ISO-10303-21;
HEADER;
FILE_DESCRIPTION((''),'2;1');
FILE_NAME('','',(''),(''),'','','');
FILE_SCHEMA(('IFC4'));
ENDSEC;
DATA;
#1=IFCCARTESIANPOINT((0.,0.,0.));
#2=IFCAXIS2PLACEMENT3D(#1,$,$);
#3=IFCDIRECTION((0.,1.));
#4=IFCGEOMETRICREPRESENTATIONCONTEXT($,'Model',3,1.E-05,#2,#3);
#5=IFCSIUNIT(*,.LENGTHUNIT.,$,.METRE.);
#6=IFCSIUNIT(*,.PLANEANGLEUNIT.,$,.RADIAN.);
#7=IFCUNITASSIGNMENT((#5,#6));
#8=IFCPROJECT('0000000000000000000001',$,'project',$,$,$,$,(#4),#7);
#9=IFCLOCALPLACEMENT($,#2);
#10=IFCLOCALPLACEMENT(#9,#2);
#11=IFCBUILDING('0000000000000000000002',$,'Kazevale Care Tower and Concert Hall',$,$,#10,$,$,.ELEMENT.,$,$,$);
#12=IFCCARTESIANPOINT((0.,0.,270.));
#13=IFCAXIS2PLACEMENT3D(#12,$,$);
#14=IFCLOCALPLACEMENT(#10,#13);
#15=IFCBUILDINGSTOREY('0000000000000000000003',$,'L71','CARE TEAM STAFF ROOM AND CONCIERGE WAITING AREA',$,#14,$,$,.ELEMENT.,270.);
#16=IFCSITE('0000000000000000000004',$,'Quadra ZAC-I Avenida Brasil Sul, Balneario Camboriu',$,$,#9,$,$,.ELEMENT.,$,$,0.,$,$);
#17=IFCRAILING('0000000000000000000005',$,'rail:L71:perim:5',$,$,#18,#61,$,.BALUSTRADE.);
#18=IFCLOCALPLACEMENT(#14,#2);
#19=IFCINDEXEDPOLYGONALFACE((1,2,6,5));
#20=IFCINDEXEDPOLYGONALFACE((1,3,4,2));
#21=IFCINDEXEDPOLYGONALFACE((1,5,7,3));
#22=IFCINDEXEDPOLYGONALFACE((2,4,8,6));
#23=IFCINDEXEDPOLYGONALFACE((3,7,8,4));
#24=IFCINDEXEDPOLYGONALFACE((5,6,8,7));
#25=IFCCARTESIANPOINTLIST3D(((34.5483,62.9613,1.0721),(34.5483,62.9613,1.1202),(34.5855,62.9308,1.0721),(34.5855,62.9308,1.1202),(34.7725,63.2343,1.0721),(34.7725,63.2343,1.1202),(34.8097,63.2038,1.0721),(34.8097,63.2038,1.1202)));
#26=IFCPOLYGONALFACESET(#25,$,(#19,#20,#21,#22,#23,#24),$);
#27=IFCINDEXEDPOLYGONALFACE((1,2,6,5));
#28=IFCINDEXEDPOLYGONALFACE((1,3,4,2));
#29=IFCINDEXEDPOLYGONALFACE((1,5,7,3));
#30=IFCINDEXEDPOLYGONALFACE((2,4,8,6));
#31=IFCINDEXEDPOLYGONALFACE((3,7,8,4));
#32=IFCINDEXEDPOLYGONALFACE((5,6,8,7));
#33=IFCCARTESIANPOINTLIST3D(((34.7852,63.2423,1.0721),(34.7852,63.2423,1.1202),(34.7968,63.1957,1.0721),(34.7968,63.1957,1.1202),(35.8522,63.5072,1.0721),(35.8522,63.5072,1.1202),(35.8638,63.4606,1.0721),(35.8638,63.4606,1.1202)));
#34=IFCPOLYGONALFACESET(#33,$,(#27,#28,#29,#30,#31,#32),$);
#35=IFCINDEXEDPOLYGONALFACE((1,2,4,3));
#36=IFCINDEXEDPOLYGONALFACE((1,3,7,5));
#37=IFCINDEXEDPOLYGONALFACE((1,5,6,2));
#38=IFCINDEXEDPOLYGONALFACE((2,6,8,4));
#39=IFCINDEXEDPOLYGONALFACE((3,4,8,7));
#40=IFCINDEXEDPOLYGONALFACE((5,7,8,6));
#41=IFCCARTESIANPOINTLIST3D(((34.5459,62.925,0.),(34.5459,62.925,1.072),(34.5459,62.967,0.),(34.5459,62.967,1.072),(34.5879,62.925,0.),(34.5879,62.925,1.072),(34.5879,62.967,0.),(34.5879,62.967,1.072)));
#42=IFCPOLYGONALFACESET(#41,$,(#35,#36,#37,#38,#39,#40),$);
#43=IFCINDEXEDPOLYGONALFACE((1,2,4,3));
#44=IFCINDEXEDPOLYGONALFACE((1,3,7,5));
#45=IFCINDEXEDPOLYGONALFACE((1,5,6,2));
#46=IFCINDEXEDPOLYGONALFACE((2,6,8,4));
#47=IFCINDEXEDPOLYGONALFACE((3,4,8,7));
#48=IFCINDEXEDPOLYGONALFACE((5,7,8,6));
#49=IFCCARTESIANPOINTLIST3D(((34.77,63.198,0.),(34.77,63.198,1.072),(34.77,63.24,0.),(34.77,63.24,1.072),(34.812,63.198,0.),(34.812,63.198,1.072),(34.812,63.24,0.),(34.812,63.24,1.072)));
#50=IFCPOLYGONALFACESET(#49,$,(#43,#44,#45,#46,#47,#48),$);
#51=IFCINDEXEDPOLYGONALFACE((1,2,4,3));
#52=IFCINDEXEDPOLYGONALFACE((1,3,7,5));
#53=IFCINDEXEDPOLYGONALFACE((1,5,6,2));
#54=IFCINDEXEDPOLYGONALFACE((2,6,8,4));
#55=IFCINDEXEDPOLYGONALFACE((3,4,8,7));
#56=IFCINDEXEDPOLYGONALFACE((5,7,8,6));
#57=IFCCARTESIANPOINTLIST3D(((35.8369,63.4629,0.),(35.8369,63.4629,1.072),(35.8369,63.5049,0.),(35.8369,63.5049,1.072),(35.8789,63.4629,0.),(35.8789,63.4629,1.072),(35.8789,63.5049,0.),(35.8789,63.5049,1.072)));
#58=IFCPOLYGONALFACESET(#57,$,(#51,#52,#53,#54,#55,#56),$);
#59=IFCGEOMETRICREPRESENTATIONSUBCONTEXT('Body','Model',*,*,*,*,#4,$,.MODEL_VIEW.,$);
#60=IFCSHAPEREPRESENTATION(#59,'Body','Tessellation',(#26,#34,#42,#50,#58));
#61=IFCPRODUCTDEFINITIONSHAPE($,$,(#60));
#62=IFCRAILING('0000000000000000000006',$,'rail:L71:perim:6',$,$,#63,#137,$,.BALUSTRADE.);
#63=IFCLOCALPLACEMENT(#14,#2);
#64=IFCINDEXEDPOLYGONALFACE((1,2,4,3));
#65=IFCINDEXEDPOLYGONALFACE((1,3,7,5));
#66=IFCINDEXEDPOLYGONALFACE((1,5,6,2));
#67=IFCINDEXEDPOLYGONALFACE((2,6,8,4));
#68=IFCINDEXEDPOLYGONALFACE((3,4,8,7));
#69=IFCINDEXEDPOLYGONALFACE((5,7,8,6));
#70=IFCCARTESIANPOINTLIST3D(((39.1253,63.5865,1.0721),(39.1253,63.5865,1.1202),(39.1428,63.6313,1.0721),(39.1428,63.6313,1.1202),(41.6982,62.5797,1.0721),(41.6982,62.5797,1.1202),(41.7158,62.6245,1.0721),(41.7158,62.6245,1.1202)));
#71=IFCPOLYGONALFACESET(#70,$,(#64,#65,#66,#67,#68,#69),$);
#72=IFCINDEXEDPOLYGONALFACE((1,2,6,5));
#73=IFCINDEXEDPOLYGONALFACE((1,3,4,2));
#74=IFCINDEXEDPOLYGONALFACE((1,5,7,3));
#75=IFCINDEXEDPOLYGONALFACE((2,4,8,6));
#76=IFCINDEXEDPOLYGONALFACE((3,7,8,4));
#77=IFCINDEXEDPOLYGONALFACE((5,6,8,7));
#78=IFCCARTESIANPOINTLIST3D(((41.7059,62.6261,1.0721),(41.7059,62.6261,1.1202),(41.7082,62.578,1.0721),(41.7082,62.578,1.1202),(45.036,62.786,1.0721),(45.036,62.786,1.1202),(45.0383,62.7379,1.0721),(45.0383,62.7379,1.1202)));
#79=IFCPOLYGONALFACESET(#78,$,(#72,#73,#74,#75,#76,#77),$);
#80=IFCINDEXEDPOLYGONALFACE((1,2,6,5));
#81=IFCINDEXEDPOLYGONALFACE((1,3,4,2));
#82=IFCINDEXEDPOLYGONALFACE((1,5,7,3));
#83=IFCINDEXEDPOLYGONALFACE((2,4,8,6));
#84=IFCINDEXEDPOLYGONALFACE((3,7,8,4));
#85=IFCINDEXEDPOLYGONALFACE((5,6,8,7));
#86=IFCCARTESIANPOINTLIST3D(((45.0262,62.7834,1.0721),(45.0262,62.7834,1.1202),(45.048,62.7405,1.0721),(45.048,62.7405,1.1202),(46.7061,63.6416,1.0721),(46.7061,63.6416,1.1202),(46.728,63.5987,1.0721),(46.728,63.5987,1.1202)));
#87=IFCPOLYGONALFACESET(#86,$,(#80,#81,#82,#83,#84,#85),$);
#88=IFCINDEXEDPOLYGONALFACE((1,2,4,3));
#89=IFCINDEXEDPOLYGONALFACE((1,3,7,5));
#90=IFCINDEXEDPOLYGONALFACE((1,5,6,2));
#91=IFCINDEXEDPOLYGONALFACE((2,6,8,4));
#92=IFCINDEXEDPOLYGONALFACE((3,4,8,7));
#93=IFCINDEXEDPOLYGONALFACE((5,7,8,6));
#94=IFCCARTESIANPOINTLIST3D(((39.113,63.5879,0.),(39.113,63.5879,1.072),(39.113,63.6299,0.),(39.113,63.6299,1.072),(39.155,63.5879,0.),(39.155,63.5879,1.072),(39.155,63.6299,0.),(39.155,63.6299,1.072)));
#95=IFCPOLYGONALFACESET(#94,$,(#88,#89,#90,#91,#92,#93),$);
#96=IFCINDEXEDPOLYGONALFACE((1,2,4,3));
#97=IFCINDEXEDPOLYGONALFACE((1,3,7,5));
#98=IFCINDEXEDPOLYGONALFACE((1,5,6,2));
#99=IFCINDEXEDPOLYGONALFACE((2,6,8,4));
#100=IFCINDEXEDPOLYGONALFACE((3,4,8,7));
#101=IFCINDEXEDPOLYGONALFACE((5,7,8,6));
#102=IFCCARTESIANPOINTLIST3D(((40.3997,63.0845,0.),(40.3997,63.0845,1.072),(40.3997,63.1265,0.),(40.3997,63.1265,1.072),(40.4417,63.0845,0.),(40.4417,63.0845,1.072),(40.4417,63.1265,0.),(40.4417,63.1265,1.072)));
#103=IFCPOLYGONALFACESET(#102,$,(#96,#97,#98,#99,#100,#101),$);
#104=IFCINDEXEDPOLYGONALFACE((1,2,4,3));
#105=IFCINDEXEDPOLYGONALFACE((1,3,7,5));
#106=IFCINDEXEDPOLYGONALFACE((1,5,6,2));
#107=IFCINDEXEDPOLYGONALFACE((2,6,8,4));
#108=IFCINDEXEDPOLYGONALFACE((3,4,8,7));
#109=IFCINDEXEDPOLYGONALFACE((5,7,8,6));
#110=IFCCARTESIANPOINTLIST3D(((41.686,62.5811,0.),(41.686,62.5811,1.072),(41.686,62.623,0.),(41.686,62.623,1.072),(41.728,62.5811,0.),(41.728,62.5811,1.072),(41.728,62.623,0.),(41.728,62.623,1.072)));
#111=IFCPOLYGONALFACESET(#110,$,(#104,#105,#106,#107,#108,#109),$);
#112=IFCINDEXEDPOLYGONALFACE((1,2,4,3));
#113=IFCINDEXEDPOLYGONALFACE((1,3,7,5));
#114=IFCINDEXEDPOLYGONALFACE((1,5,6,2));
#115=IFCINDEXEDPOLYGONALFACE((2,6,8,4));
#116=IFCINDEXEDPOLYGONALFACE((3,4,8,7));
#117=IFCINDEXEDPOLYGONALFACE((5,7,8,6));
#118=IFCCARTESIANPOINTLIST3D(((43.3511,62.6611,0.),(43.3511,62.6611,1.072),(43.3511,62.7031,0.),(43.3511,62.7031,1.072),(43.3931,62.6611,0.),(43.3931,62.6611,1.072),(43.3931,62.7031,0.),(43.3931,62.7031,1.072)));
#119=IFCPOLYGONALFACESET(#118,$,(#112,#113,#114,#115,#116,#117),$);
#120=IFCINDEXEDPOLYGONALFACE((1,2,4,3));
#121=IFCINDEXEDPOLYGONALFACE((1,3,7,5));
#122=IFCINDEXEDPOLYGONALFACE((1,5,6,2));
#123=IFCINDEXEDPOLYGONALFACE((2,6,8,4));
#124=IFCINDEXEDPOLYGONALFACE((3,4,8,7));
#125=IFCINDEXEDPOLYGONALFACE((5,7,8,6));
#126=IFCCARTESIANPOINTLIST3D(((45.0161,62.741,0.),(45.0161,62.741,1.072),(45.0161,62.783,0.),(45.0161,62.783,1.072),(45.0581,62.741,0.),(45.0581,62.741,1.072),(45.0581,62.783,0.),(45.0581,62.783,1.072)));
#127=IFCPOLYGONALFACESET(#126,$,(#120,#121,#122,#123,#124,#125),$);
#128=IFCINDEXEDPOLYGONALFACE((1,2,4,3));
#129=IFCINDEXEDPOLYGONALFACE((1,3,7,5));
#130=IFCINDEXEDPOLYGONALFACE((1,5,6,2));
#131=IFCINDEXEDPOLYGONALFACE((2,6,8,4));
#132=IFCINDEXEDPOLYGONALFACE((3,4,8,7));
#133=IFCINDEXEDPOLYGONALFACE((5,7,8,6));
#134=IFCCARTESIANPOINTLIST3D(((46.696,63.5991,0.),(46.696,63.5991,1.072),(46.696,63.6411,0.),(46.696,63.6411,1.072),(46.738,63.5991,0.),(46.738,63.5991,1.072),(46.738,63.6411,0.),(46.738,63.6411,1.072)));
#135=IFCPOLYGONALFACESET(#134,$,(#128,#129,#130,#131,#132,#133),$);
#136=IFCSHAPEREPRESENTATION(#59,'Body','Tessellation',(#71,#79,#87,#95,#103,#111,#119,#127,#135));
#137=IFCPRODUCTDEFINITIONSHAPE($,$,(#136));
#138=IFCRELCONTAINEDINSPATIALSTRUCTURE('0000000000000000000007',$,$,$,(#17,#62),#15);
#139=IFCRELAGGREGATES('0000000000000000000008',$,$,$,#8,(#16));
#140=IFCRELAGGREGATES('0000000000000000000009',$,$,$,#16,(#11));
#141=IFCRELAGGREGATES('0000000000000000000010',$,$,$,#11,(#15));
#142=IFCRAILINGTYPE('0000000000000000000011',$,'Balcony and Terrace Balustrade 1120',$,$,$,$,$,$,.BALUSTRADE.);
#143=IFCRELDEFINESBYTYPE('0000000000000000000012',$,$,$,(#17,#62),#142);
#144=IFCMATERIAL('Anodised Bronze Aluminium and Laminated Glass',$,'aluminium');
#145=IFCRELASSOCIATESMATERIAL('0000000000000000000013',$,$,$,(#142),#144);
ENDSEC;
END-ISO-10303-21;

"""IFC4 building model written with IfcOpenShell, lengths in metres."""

from ifc_helpers import new_model, si_unit, direction, frame, origin, origin_2d, place, context, subcontext, project, spatial, rectangle, extrude, material, type_object, element, save


model = new_model("IFC4")

# Units and contexts
model_context = context("Model", 3, precision=1e-05, world=origin(), true_north=direction((0.0, 1.0)))
body_context = subcontext(model_context, "Body", "Model", "MODEL_VIEW")
ifc_project = project(units=[si_unit("LENGTHUNIT", "METRE"), si_unit("PLANEANGLEUNIT", "RADIAN")], contexts=[model_context])

# Site, building, storey
site_placement = place(None, origin())
site = spatial("IfcSite", under=ifc_project, at=site_placement, Name="Quadra ZAC-I Avenida Brasil Sul, Balneario Camboriu", CompositionType="ELEMENT", RefElevation=0.0)
building_placement = place(site_placement, origin())
building = spatial("IfcBuilding", under=site, at=building_placement, Name="Kazevale Care Tower and Concert Hall", CompositionType="ELEMENT")
storey_placement = place(building_placement, frame((0.0, 0.0, 270.0)))
storey = spatial("IfcBuildingStorey", under=building, at=storey_placement, Name="L71", Description="CARE TEAM STAFF ROOM AND CONCIERGE WAITING AREA", CompositionType="ELEMENT", Elevation=270.0)

# Railings
ifc_material_1 = material(Name="Anodised Bronze Aluminium and Laminated Glass", Category="aluminium")
railing_type = type_object("IfcRailingType", Name="Balcony and Terrace Balustrade 1120", PredefinedType="BALUSTRADE", material=ifc_material_1)
railing_1_placement = place(storey_placement, frame((34.5669, 62.946, 0.0)))
element("IfcRailing", 1, at=railing_1_placement, inside=storey, type_object=railing_type, Name="rail:L71:perim:5", PredefinedType="BALUSTRADE", context=body_context, shape_type="SweptSolid", body=[
    extrude(rectangle(XDim=0.0481, YDim=0.0481, at=origin_2d()), frame((0.0, 0.0, 1.0962), z_axis=(0.634592, 0.772847, 0.0), x_axis=(-0.772847, 0.634592, 0.0)), (0.0, 0.0, 1.0), 0.3533),
    extrude(rectangle(XDim=0.0481, YDim=0.0481, at=origin_2d()), frame((0.2241, 0.2729, 1.0962), z_axis=(0.970533, 0.240968, 0.0), x_axis=(-0.240968, 0.970533, 0.0)), (0.0, 0.0, 1.0), 1.0994),
    extrude(rectangle(XDim=0.042, YDim=0.042, at=origin_2d()), origin(), (0.0, 0.0, 1.0), 1.072),
    extrude(rectangle(XDim=0.042, YDim=0.042, at=origin_2d()), frame((0.2241, 0.2729, 0.0)), (0.0, 0.0, 1.0), 1.072),
    extrude(rectangle(XDim=0.042, YDim=0.042, at=origin_2d()), frame((1.291, 0.5378, 0.0)), (0.0, 0.0, 1.0), 1.072),
])
railing_2_placement = place(storey_placement, frame((39.134, 63.6089, 0.0)))
element("IfcRailing", 2, at=railing_2_placement, inside=storey, type_object=railing_type, Name="rail:L71:perim:6", PredefinedType="BALUSTRADE", context=body_context, shape_type="SweptSolid", body=[
    extrude(rectangle(XDim=0.0481, YDim=0.0481, at=origin_2d()), frame((0.0, 0.0, 1.0962), z_axis=(0.931241, -0.364403, 0.0), x_axis=(0.364403, 0.931241, 0.0)), (0.0, 0.0, 1.0), 2.7629),
    extrude(rectangle(XDim=0.0481, YDim=0.0481, at=origin_2d()), frame((2.573, -1.0068, 1.0962), z_axis=(0.998849, 0.047965, 0.0), x_axis=(-0.047965, 0.998849, 0.0)), (0.0, 0.0, 1.0), 3.334),
    extrude(rectangle(XDim=0.0481, YDim=0.0481, at=origin_2d()), frame((5.9031, -0.8469, 1.0962), z_axis=(0.890537, 0.45491, 0.0), x_axis=(-0.45491, 0.890537, 0.0)), (0.0, 0.0, 1.0), 1.8865),
    extrude(rectangle(XDim=0.042, YDim=0.042, at=origin_2d()), origin(), (0.0, 0.0, 1.0), 1.072),
    extrude(rectangle(XDim=0.042, YDim=0.042, at=origin_2d()), frame((1.2866, -0.5034, 0.0)), (0.0, 0.0, 1.0), 1.072),
    extrude(rectangle(XDim=0.042, YDim=0.042, at=origin_2d()), frame((2.573, -1.0068, 0.0)), (0.0, 0.0, 1.0), 1.072),
    extrude(rectangle(XDim=0.042, YDim=0.042, at=origin_2d()), frame((4.238, -0.9268, 0.0)), (0.0, 0.0, 1.0), 1.072),
    extrude(rectangle(XDim=0.042, YDim=0.042, at=origin_2d()), frame((5.9031, -0.8469, 0.0)), (0.0, 0.0, 1.0), 1.072),
    extrude(rectangle(XDim=0.042, YDim=0.042, at=origin_2d()), frame((7.583, 0.0112, 0.0)), (0.0, 0.0, 1.0), 1.072),
])

save(model, "model.ifc")
